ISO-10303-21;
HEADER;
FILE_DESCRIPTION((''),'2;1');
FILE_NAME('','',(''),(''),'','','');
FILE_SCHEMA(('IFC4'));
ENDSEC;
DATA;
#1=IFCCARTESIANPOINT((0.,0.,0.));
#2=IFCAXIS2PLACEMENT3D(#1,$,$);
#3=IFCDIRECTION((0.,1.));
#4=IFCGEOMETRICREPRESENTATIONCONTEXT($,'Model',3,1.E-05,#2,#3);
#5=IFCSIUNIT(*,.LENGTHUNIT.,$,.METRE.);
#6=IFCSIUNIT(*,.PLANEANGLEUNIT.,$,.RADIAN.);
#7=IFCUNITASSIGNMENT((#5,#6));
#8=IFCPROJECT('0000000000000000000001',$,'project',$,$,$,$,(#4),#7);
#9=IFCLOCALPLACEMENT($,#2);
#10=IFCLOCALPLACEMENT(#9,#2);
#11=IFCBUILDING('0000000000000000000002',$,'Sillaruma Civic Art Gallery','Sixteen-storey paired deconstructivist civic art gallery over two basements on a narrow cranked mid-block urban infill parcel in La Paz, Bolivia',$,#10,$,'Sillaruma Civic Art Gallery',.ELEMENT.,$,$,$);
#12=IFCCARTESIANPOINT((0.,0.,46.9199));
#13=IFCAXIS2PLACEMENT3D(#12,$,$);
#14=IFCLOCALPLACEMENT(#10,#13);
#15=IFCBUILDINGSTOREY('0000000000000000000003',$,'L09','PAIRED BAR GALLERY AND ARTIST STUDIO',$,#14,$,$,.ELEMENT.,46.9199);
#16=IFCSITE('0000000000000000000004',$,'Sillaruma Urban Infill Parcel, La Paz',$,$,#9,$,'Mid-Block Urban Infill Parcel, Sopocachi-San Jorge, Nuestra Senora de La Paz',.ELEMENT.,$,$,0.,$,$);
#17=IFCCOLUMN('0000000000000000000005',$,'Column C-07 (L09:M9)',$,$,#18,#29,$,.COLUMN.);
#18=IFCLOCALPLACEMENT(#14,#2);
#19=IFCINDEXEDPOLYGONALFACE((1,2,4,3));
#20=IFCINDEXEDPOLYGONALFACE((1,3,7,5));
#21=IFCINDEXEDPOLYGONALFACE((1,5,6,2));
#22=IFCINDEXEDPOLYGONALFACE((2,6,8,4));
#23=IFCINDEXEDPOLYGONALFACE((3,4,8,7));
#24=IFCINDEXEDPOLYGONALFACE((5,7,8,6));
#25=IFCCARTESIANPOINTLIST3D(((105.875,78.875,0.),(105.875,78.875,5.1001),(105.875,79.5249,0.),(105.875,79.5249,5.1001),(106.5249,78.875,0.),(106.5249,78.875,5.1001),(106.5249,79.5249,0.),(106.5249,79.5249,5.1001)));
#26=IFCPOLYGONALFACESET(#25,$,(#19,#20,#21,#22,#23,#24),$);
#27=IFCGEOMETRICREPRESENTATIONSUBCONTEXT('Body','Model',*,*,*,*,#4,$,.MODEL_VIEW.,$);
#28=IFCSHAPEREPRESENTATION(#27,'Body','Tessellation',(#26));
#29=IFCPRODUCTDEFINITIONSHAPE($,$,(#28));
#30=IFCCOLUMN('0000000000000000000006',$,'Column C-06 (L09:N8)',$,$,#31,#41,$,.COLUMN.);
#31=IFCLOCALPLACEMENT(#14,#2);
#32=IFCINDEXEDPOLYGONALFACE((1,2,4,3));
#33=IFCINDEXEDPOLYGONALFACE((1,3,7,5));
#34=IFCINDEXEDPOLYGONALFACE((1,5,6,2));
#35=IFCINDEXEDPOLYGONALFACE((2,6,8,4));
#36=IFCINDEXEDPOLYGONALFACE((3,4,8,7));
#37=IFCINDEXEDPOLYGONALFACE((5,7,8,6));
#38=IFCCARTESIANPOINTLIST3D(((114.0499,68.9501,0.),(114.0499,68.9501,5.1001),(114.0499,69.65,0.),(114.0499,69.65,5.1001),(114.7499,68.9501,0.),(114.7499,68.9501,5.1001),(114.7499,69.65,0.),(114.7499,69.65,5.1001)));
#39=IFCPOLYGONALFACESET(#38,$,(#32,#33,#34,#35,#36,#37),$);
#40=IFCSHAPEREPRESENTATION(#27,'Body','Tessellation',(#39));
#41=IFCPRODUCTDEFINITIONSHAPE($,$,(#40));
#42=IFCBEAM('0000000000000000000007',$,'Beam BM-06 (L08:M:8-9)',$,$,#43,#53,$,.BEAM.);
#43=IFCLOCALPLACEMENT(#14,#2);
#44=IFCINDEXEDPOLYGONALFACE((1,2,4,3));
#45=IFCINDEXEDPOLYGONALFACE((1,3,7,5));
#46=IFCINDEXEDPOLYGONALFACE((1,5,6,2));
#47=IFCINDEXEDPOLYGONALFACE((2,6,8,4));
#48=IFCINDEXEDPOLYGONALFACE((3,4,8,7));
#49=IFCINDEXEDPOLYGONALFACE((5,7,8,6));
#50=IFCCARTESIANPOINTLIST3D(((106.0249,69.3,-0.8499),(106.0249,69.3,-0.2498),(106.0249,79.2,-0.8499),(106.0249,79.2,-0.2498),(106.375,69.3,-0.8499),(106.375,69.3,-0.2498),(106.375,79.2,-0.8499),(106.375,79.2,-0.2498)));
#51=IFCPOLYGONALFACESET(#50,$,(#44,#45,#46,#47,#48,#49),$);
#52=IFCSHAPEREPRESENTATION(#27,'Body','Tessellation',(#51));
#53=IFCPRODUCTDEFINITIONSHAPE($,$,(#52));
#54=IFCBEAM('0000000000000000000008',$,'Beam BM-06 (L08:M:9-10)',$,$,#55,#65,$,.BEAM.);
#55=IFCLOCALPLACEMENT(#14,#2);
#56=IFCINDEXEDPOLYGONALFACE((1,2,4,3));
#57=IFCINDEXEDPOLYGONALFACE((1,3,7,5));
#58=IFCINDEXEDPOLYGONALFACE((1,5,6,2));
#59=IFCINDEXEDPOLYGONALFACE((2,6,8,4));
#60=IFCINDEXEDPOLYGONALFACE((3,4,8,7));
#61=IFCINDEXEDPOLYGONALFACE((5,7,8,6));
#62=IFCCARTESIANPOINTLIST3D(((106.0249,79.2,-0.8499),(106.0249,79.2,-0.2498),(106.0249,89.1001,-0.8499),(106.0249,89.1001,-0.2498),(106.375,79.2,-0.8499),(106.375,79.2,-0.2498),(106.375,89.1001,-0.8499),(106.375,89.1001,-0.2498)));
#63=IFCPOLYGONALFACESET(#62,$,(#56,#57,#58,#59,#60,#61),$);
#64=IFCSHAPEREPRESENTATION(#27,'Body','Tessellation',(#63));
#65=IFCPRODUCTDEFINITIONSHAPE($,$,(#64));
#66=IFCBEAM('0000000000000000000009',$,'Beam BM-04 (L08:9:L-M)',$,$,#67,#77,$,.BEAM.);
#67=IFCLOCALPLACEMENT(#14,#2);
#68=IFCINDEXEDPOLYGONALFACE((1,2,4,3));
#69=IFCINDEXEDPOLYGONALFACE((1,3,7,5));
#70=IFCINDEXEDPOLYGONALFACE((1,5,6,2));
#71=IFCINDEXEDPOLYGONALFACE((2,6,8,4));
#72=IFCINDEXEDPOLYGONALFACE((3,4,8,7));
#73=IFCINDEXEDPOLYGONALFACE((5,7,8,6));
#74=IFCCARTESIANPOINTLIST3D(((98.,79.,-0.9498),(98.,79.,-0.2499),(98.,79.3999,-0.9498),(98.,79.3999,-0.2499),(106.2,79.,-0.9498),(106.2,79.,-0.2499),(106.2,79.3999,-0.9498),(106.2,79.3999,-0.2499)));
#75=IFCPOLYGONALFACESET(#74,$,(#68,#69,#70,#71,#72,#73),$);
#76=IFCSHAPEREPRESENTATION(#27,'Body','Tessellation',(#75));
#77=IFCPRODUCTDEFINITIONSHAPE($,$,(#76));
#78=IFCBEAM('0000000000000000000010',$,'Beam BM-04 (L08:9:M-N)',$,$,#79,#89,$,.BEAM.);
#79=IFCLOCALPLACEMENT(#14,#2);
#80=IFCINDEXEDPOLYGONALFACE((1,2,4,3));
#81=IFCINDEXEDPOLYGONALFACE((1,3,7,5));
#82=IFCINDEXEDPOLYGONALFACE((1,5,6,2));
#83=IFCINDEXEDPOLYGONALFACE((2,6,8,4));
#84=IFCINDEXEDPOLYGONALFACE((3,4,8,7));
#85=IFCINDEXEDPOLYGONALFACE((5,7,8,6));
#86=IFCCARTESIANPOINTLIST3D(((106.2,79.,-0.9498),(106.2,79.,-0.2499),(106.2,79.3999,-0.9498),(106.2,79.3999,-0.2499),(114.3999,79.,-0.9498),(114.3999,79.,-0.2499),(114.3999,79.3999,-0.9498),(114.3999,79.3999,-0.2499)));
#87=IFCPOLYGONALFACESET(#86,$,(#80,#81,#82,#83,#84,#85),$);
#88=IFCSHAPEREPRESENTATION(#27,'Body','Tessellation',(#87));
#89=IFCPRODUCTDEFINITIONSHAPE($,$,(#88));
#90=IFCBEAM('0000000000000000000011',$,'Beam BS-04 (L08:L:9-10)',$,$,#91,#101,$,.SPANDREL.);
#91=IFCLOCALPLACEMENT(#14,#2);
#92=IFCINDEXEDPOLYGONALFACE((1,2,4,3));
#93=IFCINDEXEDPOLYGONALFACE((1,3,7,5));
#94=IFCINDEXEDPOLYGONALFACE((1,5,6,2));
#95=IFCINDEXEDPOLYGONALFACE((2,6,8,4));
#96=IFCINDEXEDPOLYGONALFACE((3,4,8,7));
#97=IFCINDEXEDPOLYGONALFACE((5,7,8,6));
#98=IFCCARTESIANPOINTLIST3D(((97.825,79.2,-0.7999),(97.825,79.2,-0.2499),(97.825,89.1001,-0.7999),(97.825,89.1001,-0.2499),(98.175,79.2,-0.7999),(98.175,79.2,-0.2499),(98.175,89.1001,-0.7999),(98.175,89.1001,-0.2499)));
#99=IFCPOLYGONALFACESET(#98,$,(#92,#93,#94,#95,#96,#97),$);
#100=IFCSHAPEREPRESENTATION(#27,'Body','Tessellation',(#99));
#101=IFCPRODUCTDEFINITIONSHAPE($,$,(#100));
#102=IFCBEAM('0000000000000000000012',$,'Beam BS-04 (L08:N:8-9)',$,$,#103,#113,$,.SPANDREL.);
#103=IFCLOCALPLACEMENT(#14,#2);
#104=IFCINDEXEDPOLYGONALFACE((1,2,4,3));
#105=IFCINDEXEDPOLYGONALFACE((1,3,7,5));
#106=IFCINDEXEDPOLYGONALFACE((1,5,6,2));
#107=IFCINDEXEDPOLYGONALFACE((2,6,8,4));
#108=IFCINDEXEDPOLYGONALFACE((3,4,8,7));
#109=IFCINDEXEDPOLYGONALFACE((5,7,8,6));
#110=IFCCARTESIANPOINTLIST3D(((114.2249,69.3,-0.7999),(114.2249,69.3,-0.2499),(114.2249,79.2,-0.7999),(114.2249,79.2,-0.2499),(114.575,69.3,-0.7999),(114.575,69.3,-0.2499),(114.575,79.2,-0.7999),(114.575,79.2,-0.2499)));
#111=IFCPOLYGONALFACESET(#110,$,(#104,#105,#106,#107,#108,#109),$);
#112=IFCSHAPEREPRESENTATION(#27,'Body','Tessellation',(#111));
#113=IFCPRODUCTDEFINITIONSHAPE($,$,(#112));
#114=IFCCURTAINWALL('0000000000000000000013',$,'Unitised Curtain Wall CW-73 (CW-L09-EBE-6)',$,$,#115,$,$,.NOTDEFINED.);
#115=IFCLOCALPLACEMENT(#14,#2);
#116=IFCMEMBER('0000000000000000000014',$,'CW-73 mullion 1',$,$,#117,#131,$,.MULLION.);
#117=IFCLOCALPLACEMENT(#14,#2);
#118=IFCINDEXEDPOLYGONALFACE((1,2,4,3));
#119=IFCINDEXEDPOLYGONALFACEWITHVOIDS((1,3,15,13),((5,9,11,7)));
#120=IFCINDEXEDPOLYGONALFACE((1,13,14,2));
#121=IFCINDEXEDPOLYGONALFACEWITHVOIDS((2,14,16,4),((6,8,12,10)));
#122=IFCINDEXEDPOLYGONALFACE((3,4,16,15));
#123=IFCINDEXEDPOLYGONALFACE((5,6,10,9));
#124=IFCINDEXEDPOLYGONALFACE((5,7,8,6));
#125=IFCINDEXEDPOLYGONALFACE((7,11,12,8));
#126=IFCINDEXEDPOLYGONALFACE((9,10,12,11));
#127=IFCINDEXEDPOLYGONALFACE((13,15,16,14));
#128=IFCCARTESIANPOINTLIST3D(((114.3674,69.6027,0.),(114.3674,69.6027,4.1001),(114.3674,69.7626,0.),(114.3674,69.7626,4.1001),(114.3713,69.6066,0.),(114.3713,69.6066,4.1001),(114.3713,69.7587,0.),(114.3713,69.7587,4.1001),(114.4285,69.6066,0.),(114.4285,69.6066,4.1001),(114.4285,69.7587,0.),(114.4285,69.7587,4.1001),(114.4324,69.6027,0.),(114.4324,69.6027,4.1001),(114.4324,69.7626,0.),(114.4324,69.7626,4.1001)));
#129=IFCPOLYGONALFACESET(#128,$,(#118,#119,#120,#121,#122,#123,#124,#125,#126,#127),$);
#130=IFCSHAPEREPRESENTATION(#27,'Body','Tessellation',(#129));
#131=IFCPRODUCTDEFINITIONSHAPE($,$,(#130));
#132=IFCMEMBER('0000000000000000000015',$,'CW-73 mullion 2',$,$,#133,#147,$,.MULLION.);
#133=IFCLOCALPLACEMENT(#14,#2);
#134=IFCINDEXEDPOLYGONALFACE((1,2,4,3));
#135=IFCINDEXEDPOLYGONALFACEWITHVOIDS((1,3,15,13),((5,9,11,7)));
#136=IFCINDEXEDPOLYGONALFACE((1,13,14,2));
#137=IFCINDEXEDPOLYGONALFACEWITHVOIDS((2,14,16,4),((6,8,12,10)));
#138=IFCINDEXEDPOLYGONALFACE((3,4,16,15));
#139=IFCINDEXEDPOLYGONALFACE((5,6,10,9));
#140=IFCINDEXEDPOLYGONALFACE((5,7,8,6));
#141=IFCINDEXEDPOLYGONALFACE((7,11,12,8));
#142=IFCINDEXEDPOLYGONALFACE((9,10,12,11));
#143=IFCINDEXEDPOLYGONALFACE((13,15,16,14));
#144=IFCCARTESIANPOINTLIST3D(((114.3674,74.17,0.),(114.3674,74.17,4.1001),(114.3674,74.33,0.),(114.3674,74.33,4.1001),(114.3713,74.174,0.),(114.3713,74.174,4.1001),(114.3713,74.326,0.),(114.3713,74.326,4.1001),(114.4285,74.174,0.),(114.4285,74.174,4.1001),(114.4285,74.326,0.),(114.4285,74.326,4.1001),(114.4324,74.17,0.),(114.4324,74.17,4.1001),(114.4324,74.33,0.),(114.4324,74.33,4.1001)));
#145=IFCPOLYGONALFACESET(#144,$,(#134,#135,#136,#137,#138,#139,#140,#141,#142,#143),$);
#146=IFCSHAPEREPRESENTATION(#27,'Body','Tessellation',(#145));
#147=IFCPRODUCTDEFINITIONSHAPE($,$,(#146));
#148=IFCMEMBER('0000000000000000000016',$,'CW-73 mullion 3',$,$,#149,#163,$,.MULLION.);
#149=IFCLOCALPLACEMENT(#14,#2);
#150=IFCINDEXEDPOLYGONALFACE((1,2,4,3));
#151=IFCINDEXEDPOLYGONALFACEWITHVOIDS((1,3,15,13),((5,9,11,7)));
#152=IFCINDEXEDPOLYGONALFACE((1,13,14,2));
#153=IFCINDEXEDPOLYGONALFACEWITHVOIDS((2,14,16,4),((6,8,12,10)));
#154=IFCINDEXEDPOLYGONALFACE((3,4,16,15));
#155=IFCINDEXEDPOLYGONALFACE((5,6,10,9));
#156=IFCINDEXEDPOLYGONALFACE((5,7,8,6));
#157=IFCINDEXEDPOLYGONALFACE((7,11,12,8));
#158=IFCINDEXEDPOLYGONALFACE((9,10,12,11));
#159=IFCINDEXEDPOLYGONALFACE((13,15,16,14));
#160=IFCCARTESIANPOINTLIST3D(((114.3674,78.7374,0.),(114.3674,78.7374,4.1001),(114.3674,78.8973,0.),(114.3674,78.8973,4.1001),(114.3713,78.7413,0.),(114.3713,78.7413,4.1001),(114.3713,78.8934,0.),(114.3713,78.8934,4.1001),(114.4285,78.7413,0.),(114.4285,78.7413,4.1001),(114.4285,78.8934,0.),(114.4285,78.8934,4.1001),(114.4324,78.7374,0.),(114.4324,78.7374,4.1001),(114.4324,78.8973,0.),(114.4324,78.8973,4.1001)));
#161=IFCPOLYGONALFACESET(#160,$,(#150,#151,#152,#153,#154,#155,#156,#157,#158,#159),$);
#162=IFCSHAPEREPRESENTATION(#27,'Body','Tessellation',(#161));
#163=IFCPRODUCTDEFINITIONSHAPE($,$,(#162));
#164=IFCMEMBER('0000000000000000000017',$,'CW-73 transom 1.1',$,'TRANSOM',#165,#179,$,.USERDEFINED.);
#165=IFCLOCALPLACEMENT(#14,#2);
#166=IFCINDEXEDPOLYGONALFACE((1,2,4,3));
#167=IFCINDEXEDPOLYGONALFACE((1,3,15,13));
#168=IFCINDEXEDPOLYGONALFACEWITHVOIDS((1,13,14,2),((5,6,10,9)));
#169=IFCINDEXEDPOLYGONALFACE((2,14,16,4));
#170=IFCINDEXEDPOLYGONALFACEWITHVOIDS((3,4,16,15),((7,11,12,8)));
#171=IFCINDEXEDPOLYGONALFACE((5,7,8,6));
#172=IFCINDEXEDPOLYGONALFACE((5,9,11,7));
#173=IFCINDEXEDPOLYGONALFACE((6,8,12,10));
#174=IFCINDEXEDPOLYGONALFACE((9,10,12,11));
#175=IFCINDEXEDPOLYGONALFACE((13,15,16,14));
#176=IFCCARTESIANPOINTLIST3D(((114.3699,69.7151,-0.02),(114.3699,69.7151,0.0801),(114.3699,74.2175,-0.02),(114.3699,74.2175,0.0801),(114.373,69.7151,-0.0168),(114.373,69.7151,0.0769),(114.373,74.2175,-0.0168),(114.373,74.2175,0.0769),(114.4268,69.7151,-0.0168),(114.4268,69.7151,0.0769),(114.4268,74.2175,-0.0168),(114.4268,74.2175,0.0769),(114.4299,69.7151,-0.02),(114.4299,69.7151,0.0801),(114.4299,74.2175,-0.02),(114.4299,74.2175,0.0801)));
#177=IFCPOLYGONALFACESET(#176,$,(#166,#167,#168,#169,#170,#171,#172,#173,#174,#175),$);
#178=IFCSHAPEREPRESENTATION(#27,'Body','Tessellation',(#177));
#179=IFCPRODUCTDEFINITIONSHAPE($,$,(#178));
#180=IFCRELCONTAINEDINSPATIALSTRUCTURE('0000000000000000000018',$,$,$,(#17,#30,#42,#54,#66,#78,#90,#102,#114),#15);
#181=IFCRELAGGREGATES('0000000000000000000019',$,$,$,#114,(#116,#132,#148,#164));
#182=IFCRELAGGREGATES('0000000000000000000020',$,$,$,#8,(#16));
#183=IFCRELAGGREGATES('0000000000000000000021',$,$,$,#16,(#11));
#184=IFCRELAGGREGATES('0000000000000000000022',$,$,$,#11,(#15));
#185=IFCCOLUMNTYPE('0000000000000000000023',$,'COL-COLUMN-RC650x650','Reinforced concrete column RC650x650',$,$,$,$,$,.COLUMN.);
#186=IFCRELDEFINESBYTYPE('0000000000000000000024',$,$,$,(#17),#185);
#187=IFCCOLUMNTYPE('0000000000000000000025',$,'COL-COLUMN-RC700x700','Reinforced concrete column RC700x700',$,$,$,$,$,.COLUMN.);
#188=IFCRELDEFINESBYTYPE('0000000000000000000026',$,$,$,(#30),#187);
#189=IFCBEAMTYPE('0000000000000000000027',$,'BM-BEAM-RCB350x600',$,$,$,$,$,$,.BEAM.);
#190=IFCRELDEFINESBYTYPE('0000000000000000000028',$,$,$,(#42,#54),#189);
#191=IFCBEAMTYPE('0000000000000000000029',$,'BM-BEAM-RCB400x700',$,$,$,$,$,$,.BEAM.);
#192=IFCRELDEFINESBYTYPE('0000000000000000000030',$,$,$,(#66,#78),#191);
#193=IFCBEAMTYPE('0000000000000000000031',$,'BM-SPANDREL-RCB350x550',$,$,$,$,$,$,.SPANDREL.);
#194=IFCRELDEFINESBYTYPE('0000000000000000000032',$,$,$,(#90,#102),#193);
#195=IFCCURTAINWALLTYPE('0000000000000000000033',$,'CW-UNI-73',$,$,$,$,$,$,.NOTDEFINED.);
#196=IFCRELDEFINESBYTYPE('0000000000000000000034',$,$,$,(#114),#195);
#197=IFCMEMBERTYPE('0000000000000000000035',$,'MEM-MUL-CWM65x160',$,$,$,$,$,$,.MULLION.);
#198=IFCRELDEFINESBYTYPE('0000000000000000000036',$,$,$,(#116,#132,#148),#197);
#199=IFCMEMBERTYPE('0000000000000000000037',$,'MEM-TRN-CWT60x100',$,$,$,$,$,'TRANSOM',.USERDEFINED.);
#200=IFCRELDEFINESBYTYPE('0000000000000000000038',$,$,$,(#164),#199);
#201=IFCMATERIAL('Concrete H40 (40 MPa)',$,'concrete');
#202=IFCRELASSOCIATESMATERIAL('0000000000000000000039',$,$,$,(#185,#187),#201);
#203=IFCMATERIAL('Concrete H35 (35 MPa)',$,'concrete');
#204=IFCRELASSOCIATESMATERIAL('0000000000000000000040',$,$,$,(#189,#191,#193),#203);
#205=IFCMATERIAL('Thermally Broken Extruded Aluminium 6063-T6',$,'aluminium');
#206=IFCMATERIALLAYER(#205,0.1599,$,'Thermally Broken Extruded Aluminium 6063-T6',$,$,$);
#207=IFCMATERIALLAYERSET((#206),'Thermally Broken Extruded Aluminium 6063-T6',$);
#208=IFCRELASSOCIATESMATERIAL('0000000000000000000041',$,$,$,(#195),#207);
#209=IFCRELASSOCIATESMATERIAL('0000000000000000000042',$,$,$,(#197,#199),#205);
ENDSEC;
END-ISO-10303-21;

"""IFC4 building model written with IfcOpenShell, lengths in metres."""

from ifc_helpers import new_model, si_unit, direction, frame, origin, origin_2d, place, context, subcontext, project, spatial, rectangle, hollow_rectangle, extrude, material, layer, layer_set, material_profile, profile_set, type_object, element, aggregate, save


model = new_model("IFC4")

# Units and contexts
model_context = context("Model", 3, precision=1e-05, world=origin(), true_north=direction((0.0, 1.0)))
body_context = subcontext(model_context, "Body", "Model", "MODEL_VIEW")
ifc_project = project(units=[si_unit("LENGTHUNIT", "METRE"), si_unit("PLANEANGLEUNIT", "RADIAN")], contexts=[model_context])

# Site, building, storey
site_placement = place(None, origin())
site = spatial("IfcSite", under=ifc_project, at=site_placement, Name="Sillaruma Urban Infill Parcel, La Paz", LongName="Mid-Block Urban Infill Parcel, Sopocachi-San Jorge, Nuestra Senora de La Paz", CompositionType="ELEMENT", RefElevation=0.0)
building_placement = place(site_placement, origin())
building = spatial("IfcBuilding", under=site, at=building_placement, Name="Sillaruma Civic Art Gallery", Description="Sixteen-storey paired deconstructivist civic art gallery over two basements on a narrow cranked mid-block urban infill parcel in La Paz, Bolivia", LongName="Sillaruma Civic Art Gallery", CompositionType="ELEMENT")
storey_placement = place(building_placement, frame((0.0, 0.0, 46.9199)))
storey = spatial("IfcBuildingStorey", under=building, at=storey_placement, Name="L09", Description="PAIRED BAR GALLERY AND ARTIST STUDIO", CompositionType="ELEMENT", Elevation=46.9199)

# Columns
ifc_material_1 = material(Name="Concrete H40 (40 MPa)", Category="concrete")
ifc_material_profile_1 = material_profile(ifc_material_1, rectangle(XDim=0.6499, YDim=0.6499, at=origin_2d()), Name="RC650x650")
ifc_profile_set_1 = profile_set([ifc_material_profile_1], Name="Concrete H40 (40 MPa)")
column_type_1 = type_object("IfcColumnType", Name="COL-COLUMN-RC650x650", Description="Reinforced concrete column RC650x650", PredefinedType="COLUMN", material=ifc_profile_set_1)
column_1_placement = place(storey_placement, frame((106.2, 79.2, 0.0), z_axis=(0.0, 0.0, 1.0), x_axis=(1.0, 0.0, 0.0)))
element("IfcColumn", 1, at=column_1_placement, inside=storey, type_object=column_type_1, Name="Column C-07 (L09:M9)", PredefinedType="COLUMN", context=body_context, shape_type="SweptSolid", body=[
    extrude(rectangle(XDim=0.6499, YDim=0.6499, at=origin_2d()), origin(), (0.0, 0.0, 1.0), 5.1001),
])
ifc_material_profile_2 = material_profile(ifc_material_1, rectangle(XDim=0.7, YDim=0.7, at=origin_2d()), Name="RC700x700")
ifc_profile_set_2 = profile_set([ifc_material_profile_2], Name="Concrete H40 (40 MPa)")
column_type_2 = type_object("IfcColumnType", Name="COL-COLUMN-RC700x700", Description="Reinforced concrete column RC700x700", PredefinedType="COLUMN", material=ifc_profile_set_2)
column_2_placement = place(storey_placement, frame((114.3999, 69.3, 0.0), z_axis=(0.0, 0.0, 1.0), x_axis=(1.0, 0.0, 0.0)))
element("IfcColumn", 2, at=column_2_placement, inside=storey, type_object=column_type_2, Name="Column C-06 (L09:N8)", PredefinedType="COLUMN", context=body_context, shape_type="SweptSolid", body=[
    extrude(rectangle(XDim=0.7, YDim=0.7, at=origin_2d()), origin(), (0.0, 0.0, 1.0), 5.1001),
])

# Beams
ifc_material_2 = material(Name="Concrete H35 (35 MPa)", Category="concrete")
ifc_material_profile_3 = material_profile(ifc_material_2, rectangle(XDim=0.3501, YDim=0.6001, at=origin_2d()), Name="RCB350x600")
ifc_profile_set_3 = profile_set([ifc_material_profile_3], Name="Concrete H35 (35 MPa)")
beam_type_1 = type_object("IfcBeamType", Name="BM-BEAM-RCB350x600", PredefinedType="BEAM", material=ifc_profile_set_3)
beam_1_placement = place(storey_placement, frame((106.2, 69.3, -0.5498), z_axis=(0.0, 1.0, 0.0), x_axis=(-1.0, 0.0, 0.0)))
element("IfcBeam", 3, at=beam_1_placement, inside=storey, type_object=beam_type_1, Name="Beam BM-06 (L08:M:8-9)", PredefinedType="BEAM", context=body_context, shape_type="SweptSolid", body=[
    extrude(rectangle(XDim=0.3501, YDim=0.6001, at=origin_2d()), origin(), (0.0, 0.0, 1.0), 9.8999),
])
beam_2_placement = place(storey_placement, frame((106.2, 79.2, -0.5498), z_axis=(0.0, 1.0, 0.0), x_axis=(-1.0, 0.0, 0.0)))
element("IfcBeam", 4, at=beam_2_placement, inside=storey, type_object=beam_type_1, Name="Beam BM-06 (L08:M:9-10)", PredefinedType="BEAM", context=body_context, shape_type="SweptSolid", body=[
    extrude(rectangle(XDim=0.3501, YDim=0.6001, at=origin_2d()), origin(), (0.0, 0.0, 1.0), 9.9001),
])
ifc_material_profile_4 = material_profile(ifc_material_2, rectangle(XDim=0.3999, YDim=0.7, at=origin_2d()), Name="RCB400x700")
ifc_profile_set_4 = profile_set([ifc_material_profile_4], Name="Concrete H35 (35 MPa)")
beam_type_2 = type_object("IfcBeamType", Name="BM-BEAM-RCB400x700", PredefinedType="BEAM", material=ifc_profile_set_4)
for number, where, z_axis, x_axis, name in (
    (5, (98.0, 79.2, -0.5999), (1.0, 0.0, 0.0), (0.0, 1.0, 0.0), "Beam BM-04 (L08:9:L-M)"),
    (6, (106.2, 79.2, -0.5999), (1.0, 0.0, 0.0), (0.0, 1.0, 0.0), "Beam BM-04 (L08:9:M-N)"),
):
    element("IfcBeam", number, at=place(storey_placement, frame(where, z_axis=z_axis, x_axis=x_axis)), inside=storey, type_object=beam_type_2, Name=name, PredefinedType="BEAM", context=body_context, shape_type="SweptSolid", body=[
        extrude(rectangle(XDim=0.3999, YDim=0.7, at=origin_2d()), origin(), (0.0, 0.0, 1.0), 8.2),
    ])
ifc_material_profile_5 = material_profile(ifc_material_2, rectangle(XDim=0.3501, YDim=0.55, at=origin_2d()), Name="RCB350x550")
ifc_profile_set_5 = profile_set([ifc_material_profile_5], Name="Concrete H35 (35 MPa)")
beam_type_3 = type_object("IfcBeamType", Name="BM-SPANDREL-RCB350x550", PredefinedType="SPANDREL", material=ifc_profile_set_5)
beam_3_placement = place(storey_placement, frame((98.0, 79.2, -0.5249), z_axis=(0.0, 1.0, 0.0), x_axis=(-1.0, 0.0, 0.0)))
element("IfcBeam", 7, at=beam_3_placement, inside=storey, type_object=beam_type_3, Name="Beam BS-04 (L08:L:9-10)", PredefinedType="SPANDREL", context=body_context, shape_type="SweptSolid", body=[
    extrude(rectangle(XDim=0.3501, YDim=0.55, at=origin_2d()), origin(), (0.0, 0.0, 1.0), 9.9001),
])
beam_4_placement = place(storey_placement, frame((114.3999, 69.3, -0.5249), z_axis=(0.0, 1.0, 0.0), x_axis=(-1.0, 0.0, 0.0)))
element("IfcBeam", 8, at=beam_4_placement, inside=storey, type_object=beam_type_3, Name="Beam BS-04 (L08:N:8-9)", PredefinedType="SPANDREL", context=body_context, shape_type="SweptSolid", body=[
    extrude(rectangle(XDim=0.3501, YDim=0.55, at=origin_2d()), origin(), (0.0, 0.0, 1.0), 9.8999),
])

# Curtain wall, members
ifc_material_3 = material(Name="Thermally Broken Extruded Aluminium 6063-T6", Category="aluminium")
ifc_layer_1 = layer(ifc_material_3, 0.1599, Name="Thermally Broken Extruded Aluminium 6063-T6")
ifc_layer_set_1 = layer_set([ifc_layer_1], Name="Thermally Broken Extruded Aluminium 6063-T6")
curtain_wall_type = type_object("IfcCurtainWallType", Name="CW-UNI-73", PredefinedType="NOTDEFINED", material=ifc_layer_set_1)
curtain_wall_placement = place(storey_placement, origin())
curtain_wall = element("IfcCurtainWall", 9, at=curtain_wall_placement, inside=storey, type_object=curtain_wall_type, Name="Unitised Curtain Wall CW-73 (CW-L09-EBE-6)", PredefinedType="NOTDEFINED")
ifc_material_profile_6 = material_profile(ifc_material_3, hollow_rectangle(XDim=0.0649, YDim=0.1599, WallThickness=0.0039, at=origin_2d()), Name="CWM65x160")
ifc_profile_set_6 = profile_set([ifc_material_profile_6], Name="Thermally Broken Extruded Aluminium 6063-T6")
member_type_1 = type_object("IfcMemberType", Name="MEM-MUL-CWM65x160", PredefinedType="MULLION", material=ifc_profile_set_6)
member_1_placement = place(storey_placement, frame((114.3999, 69.6826, 0.0), z_axis=(0.0, 0.0, 1.0), x_axis=(-1.0, 0.0, 0.0)))
member_1 = element("IfcMember", 10, at=member_1_placement, type_object=member_type_1, Name="CW-73 mullion 1", PredefinedType="MULLION", context=body_context, shape_type="SweptSolid", body=[
    extrude(hollow_rectangle(XDim=0.0649, YDim=0.1599, WallThickness=0.0039, at=origin_2d()), origin(), (0.0, 0.0, 1.0), 4.1001),
])
member_2_placement = place(storey_placement, frame((114.3999, 74.25, 0.0), z_axis=(0.0, 0.0, 1.0), x_axis=(-1.0, 0.0, 0.0)))
member_2 = element("IfcMember", 11, at=member_2_placement, type_object=member_type_1, Name="CW-73 mullion 2", PredefinedType="MULLION", context=body_context, shape_type="SweptSolid", body=[
    extrude(hollow_rectangle(XDim=0.0649, YDim=0.1599, WallThickness=0.0039, at=origin_2d()), origin(), (0.0, 0.0, 1.0), 4.1001),
])
member_3_placement = place(storey_placement, frame((114.3999, 78.8174, 0.0), z_axis=(0.0, 0.0, 1.0), x_axis=(-1.0, 0.0, 0.0)))
member_3 = element("IfcMember", 12, at=member_3_placement, type_object=member_type_1, Name="CW-73 mullion 3", PredefinedType="MULLION", context=body_context, shape_type="SweptSolid", body=[
    extrude(hollow_rectangle(XDim=0.0649, YDim=0.1599, WallThickness=0.0039, at=origin_2d()), origin(), (0.0, 0.0, 1.0), 4.1001),
])
ifc_material_profile_7 = material_profile(ifc_material_3, hollow_rectangle(XDim=0.0601, YDim=0.1001, WallThickness=0.0032, at=origin_2d()), Name="CWT60x100")
ifc_profile_set_7 = profile_set([ifc_material_profile_7], Name="Thermally Broken Extruded Aluminium 6063-T6")
member_type_2 = type_object("IfcMemberType", Name="MEM-TRN-CWT60x100", ElementType="TRANSOM", PredefinedType="USERDEFINED", material=ifc_profile_set_7)
member_4_placement = place(storey_placement, frame((114.3999, 69.7151, 0.03), z_axis=(0.0, 1.0, 0.0), x_axis=(-1.0, 0.0, 0.0)))
member_4 = element("IfcMember", 13, at=member_4_placement, type_object=member_type_2, Name="CW-73 transom 1.1", ObjectType="TRANSOM", PredefinedType="USERDEFINED", context=body_context, shape_type="SweptSolid", body=[
    extrude(hollow_rectangle(XDim=0.0601, YDim=0.1001, WallThickness=0.0032, at=origin_2d()), origin(), (0.0, 0.0, 1.0), 4.5024),
])
aggregate(curtain_wall, [member_1, member_2, member_3, member_4])

save(model, "model.ifc")
